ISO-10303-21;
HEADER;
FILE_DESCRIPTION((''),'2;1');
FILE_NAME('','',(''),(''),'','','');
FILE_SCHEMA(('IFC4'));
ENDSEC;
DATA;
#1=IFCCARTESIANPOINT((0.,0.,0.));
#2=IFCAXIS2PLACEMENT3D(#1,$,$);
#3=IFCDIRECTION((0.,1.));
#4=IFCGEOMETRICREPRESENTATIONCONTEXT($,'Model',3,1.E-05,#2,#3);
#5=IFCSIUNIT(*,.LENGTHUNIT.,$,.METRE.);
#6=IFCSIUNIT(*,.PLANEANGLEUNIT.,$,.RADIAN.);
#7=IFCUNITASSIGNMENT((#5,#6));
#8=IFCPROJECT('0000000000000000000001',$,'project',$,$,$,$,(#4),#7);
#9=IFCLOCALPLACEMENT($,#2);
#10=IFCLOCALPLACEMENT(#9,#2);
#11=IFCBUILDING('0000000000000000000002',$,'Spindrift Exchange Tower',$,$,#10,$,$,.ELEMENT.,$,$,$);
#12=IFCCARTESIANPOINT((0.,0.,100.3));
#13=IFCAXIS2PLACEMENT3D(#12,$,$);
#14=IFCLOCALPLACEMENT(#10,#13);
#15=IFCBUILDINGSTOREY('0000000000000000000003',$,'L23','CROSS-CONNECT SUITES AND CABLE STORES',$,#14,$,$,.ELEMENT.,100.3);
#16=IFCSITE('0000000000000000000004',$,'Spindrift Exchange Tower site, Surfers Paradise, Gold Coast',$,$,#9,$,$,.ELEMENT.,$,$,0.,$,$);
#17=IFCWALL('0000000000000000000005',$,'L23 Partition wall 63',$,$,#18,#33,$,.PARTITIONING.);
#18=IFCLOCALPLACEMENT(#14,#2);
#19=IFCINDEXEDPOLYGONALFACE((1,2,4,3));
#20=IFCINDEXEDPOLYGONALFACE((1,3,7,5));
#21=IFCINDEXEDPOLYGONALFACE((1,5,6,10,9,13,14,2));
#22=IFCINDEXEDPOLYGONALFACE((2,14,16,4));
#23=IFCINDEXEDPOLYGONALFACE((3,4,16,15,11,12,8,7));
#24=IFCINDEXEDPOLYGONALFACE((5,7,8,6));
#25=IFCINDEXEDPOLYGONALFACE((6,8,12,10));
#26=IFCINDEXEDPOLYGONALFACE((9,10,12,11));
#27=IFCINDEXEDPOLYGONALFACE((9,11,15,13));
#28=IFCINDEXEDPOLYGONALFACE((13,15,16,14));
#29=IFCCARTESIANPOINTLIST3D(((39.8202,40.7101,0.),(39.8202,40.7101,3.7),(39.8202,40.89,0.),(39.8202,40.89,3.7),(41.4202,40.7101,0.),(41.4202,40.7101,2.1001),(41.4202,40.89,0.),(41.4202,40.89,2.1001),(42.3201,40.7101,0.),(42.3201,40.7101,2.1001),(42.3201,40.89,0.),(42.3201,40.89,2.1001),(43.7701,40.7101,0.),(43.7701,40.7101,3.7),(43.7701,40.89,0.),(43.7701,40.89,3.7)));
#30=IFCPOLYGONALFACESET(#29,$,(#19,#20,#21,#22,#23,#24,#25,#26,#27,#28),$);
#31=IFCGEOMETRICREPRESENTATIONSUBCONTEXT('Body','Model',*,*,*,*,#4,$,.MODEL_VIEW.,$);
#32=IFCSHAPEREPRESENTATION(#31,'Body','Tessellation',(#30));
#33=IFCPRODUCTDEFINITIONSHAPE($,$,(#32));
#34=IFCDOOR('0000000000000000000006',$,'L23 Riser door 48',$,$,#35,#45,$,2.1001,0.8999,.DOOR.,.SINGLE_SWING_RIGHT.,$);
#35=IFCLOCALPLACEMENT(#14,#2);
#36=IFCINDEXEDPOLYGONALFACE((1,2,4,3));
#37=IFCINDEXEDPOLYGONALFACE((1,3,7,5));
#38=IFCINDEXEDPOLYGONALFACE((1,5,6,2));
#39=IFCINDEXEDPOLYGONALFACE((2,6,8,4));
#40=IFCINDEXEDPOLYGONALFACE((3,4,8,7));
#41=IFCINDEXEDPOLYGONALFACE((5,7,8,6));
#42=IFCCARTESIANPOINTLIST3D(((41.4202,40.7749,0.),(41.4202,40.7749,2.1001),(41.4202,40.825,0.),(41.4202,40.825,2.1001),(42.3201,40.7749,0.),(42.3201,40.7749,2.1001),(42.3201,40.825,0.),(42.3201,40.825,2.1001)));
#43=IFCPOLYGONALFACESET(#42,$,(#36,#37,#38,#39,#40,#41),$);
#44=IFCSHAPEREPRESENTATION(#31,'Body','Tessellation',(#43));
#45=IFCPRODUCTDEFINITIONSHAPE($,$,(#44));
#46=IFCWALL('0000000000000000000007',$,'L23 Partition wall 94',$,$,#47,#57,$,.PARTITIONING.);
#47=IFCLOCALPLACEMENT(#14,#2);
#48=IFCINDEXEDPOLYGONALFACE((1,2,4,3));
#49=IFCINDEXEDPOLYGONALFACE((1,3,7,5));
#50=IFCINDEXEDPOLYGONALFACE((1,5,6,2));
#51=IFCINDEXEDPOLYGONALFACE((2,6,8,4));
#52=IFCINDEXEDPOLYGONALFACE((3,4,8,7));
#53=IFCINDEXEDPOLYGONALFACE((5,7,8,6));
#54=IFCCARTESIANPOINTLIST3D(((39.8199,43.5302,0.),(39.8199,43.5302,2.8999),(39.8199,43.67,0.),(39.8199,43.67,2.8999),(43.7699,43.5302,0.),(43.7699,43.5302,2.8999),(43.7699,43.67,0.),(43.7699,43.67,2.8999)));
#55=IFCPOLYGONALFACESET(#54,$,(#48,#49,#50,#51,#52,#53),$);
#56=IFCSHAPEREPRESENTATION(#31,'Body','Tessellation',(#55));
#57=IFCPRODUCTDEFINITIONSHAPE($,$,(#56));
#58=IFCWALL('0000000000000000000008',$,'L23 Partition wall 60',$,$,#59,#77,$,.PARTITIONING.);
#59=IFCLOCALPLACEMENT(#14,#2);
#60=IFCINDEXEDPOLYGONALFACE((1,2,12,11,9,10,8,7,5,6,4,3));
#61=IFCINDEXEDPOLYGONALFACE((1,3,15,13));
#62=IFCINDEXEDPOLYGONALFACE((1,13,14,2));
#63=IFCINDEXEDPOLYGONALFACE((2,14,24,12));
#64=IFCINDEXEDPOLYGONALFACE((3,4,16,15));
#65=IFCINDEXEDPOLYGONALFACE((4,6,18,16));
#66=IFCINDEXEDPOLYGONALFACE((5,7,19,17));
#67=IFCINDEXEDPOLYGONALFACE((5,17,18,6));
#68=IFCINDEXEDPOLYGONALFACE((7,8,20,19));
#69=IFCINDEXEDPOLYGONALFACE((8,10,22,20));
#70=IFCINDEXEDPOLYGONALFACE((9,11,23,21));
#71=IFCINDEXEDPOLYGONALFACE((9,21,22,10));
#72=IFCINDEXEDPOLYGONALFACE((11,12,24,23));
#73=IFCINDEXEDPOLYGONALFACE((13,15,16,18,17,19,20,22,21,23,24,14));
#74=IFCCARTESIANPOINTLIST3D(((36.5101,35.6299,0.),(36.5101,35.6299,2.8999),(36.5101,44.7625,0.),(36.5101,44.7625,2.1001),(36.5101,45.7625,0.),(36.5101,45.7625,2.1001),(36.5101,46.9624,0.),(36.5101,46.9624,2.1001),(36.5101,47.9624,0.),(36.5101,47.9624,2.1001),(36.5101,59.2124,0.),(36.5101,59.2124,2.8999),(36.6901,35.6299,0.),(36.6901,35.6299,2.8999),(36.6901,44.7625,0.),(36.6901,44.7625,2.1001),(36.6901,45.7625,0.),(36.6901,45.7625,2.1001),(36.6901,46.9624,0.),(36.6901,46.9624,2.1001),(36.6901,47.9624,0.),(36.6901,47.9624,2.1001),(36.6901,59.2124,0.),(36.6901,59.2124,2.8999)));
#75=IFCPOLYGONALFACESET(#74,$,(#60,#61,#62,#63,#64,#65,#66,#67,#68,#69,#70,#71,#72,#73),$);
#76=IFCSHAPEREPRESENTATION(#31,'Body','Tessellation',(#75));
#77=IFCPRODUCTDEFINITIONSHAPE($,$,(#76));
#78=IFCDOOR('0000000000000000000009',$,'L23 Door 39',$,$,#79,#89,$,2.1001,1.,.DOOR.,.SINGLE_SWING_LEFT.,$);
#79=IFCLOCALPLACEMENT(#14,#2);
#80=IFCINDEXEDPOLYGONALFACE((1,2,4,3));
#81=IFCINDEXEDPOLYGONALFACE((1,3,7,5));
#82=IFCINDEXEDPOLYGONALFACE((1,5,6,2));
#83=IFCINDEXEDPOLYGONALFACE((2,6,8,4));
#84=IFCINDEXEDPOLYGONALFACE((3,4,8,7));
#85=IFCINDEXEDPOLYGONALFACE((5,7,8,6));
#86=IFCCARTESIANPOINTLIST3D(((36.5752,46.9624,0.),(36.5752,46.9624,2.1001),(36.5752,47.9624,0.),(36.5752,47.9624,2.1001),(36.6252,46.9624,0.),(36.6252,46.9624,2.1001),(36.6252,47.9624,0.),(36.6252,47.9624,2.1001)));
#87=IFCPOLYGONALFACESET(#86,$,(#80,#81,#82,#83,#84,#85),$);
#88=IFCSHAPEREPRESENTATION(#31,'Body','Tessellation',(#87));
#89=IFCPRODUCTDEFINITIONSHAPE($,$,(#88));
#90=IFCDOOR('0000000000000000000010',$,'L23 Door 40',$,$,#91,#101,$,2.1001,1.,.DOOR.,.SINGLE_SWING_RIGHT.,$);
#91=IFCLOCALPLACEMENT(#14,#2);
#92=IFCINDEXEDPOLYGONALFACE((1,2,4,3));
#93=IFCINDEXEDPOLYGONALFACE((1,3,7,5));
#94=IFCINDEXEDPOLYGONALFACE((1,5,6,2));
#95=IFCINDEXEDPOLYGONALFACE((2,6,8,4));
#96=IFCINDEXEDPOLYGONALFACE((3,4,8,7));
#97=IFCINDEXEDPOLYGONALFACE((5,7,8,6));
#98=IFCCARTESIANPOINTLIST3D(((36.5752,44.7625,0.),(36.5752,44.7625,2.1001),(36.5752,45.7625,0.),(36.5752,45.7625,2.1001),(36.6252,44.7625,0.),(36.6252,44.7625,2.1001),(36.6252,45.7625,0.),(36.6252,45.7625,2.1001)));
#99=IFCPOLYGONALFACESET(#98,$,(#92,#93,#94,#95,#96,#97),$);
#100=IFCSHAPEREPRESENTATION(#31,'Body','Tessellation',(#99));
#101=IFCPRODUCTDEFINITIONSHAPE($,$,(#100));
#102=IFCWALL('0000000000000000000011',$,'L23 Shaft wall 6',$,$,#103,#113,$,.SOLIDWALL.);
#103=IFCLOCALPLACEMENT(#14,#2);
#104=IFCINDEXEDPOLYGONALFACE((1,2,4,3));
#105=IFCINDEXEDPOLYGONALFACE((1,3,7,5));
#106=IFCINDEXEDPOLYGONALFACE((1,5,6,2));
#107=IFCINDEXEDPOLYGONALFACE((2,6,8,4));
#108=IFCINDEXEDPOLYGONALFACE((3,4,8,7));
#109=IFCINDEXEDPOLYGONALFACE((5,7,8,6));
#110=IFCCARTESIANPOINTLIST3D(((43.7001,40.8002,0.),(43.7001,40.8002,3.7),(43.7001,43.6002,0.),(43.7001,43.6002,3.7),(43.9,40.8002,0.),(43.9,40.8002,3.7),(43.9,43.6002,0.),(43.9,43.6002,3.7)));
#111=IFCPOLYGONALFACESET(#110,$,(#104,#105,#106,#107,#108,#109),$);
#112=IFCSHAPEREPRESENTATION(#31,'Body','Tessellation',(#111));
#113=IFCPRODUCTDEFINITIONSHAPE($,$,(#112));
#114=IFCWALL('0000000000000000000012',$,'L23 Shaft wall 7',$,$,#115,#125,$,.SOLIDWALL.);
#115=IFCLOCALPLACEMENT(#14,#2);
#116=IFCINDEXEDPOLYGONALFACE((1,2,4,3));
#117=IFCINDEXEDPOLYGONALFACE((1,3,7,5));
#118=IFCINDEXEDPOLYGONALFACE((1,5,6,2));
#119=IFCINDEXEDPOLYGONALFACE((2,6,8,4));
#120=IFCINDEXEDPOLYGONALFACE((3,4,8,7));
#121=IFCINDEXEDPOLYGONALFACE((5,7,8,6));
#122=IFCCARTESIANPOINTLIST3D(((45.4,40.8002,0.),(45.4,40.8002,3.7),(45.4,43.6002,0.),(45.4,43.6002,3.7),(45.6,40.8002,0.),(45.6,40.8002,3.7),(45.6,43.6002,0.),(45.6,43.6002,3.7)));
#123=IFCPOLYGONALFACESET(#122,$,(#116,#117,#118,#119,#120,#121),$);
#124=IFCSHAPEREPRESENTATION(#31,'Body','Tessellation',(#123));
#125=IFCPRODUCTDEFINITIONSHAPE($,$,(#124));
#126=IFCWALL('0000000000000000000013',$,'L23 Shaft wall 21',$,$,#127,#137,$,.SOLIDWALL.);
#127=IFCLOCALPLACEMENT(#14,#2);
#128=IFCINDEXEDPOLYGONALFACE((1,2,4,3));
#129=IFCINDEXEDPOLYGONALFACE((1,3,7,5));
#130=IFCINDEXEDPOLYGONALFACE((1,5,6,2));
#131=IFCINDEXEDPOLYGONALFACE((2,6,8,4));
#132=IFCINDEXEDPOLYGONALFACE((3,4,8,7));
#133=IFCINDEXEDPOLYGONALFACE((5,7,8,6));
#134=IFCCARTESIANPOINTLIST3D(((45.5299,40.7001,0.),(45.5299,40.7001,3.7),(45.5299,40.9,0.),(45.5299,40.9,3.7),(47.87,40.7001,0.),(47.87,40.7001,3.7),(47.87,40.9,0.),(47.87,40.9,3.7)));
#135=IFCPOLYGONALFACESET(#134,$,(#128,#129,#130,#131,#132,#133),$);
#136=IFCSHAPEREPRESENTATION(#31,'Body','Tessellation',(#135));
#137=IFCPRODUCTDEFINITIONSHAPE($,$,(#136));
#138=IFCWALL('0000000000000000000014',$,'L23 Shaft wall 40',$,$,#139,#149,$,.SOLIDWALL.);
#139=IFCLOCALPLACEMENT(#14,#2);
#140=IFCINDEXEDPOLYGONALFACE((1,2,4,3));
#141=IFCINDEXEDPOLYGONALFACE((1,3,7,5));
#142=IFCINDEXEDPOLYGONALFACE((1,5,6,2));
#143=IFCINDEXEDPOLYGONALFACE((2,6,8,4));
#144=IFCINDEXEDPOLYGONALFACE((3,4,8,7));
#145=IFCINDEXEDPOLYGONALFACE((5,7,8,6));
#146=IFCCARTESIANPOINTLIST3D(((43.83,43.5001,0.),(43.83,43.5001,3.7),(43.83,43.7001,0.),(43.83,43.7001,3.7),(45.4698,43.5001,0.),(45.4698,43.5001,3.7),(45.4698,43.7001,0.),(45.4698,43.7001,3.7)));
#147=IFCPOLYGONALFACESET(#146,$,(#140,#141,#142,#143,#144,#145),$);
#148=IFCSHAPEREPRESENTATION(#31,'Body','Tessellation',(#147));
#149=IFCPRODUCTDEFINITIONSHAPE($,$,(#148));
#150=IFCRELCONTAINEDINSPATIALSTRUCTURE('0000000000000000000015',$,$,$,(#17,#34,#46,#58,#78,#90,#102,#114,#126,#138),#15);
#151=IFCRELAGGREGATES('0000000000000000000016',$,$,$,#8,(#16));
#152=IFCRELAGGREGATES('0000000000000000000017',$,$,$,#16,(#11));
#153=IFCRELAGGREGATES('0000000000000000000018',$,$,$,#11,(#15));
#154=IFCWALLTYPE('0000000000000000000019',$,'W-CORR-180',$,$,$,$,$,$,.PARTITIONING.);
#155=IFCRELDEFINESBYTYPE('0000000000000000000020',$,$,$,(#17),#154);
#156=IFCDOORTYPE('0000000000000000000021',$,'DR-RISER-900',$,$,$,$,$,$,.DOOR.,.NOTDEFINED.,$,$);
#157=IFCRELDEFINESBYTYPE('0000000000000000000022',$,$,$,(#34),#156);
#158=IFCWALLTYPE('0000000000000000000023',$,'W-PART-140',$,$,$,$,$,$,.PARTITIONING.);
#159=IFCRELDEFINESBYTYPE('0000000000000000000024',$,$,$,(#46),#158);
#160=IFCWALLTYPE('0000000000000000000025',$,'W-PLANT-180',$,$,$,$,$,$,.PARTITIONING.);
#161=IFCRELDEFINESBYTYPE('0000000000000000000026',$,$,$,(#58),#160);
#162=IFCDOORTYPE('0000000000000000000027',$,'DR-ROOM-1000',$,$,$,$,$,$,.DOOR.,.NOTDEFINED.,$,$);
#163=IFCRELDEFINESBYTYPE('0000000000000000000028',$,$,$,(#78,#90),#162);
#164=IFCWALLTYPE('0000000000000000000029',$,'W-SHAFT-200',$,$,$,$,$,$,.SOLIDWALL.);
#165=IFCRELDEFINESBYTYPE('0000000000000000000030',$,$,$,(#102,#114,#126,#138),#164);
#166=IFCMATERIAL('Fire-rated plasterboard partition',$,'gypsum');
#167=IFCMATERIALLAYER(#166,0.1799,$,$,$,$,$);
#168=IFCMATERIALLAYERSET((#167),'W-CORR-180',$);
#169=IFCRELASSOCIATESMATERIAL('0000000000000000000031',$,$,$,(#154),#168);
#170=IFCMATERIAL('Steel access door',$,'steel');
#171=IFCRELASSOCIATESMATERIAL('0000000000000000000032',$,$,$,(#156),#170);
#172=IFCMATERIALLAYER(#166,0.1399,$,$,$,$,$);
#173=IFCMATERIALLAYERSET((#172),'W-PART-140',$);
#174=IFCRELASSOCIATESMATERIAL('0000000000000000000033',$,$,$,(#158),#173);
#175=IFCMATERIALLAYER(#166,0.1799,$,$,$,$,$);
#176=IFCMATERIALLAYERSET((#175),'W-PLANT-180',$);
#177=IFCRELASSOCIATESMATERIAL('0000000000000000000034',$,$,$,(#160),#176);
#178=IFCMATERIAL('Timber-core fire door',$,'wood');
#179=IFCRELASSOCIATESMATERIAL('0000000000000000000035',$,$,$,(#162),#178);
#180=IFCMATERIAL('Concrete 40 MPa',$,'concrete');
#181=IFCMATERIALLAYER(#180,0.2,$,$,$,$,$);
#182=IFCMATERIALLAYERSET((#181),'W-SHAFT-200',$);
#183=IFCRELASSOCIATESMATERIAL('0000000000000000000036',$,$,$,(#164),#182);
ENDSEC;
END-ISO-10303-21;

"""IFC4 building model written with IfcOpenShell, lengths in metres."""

from ifc_helpers import new_model, si_unit, direction, frame, frame_2d, origin, place, context, subcontext, project, spatial, rectangle, extrude, source, transform, mapped, material, layer, layer_set, type_object, element, fill, save


model = new_model("IFC4")

# Units and contexts
model_context = context("Model", 3, precision=1e-05, world=origin(), true_north=direction((0.0, 1.0)))
body_context = subcontext(model_context, "Body", "Model", "MODEL_VIEW")
ifc_project = project(units=[si_unit("LENGTHUNIT", "METRE"), si_unit("PLANEANGLEUNIT", "RADIAN")], contexts=[model_context])

# Site, building, storey
site_placement = place(None, origin())
site = spatial("IfcSite", under=ifc_project, at=site_placement, Name="Spindrift Exchange Tower site, Surfers Paradise, Gold Coast", CompositionType="ELEMENT", RefElevation=0.0)
building_placement = place(site_placement, origin())
building = spatial("IfcBuilding", under=site, at=building_placement, Name="Spindrift Exchange Tower", CompositionType="ELEMENT")
storey_placement = place(building_placement, frame((0.0, 0.0, 100.3)))
storey = spatial("IfcBuildingStorey", under=building, at=storey_placement, Name="L23", Description="CROSS-CONNECT SUITES AND CABLE STORES", CompositionType="ELEMENT", Elevation=100.3)

# Wall, opening, door
ifc_material_1 = material(Name="Fire-rated plasterboard partition", Category="gypsum")
ifc_layer_1 = layer(ifc_material_1, 0.1799)
ifc_layer_set_1 = layer_set([ifc_layer_1], Name="W-CORR-180")
wall_type_1 = type_object("IfcWallType", Name="W-CORR-180", PredefinedType="PARTITIONING", material=ifc_layer_set_1)
wall_1_placement = place(storey_placement, frame((39.8201, 40.8, 0.0), z_axis=(0.0, 0.0, 1.0), x_axis=(1.0, 0.0, 0.0)))
wall_1 = element("IfcWall", 1, at=wall_1_placement, inside=storey, type_object=wall_type_1, Name="L23 Partition wall 63", PredefinedType="PARTITIONING", context=body_context, shape_type="SweptSolid", body=[
    extrude(rectangle(XDim=3.95, YDim=0.1799, at=frame_2d((1.9751, 0.0))), origin(), (0.0, 0.0, 1.0), 3.7),
])
opening_1_placement = place(wall_1_placement, frame((1.6001, 0.0, 0.0)))
opening_1 = element("IfcOpeningElement", 2, at=opening_1_placement, cuts=wall_1, PredefinedType="OPENING", context=body_context, shape_type="SweptSolid", body=[
    extrude(rectangle(XDim=0.8999, YDim=2.1001, at=frame_2d((0.45, 1.05))), frame((0.0, 0.0999, 0.0), z_axis=(0.0, -1.0, 0.0), x_axis=(1.0, 0.0, 0.0)), (0.0, 0.0, 1.0), 0.2),
])
ifc_material_2 = material(Name="Steel access door", Category="steel")
door_type_1 = type_object("IfcDoorType", Name="DR-RISER-900", OperationType="NOTDEFINED", PredefinedType="DOOR", material=ifc_material_2)
shared_shape_1 = source(origin(), body_context, "Body", "SweptSolid", [
    extrude(rectangle(XDim=0.8999, YDim=2.1001, at=frame_2d((0.45, 1.05))), frame((0.0, 0.0249, 0.0), z_axis=(0.0, -1.0, 0.0), x_axis=(1.0, 0.0, 0.0)), (0.0, 0.0, 1.0), 0.05),
])
door_1_placement = place(opening_1_placement, origin())
door_1 = element("IfcDoor", 3, at=door_1_placement, inside=storey, type_object=door_type_1, Name="L23 Riser door 48", OperationType="SINGLE_SWING_RIGHT", OverallHeight=2.1001, OverallWidth=0.8999, PredefinedType="DOOR", context=body_context, shape_type="MappedRepresentation", body=[
    mapped(shared_shape_1, transform((0.0, 0.0, 0.0), scale=1.0)),
])
fill(opening_1, door_1)

# Wall
ifc_layer_2 = layer(ifc_material_1, 0.1399)
ifc_layer_set_2 = layer_set([ifc_layer_2], Name="W-PART-140")
wall_type_2 = type_object("IfcWallType", Name="W-PART-140", PredefinedType="PARTITIONING", material=ifc_layer_set_2)
wall_2_placement = place(storey_placement, frame((43.77, 43.6001, 0.0), z_axis=(0.0, 0.0, 1.0), x_axis=(-1.0, 0.0, 0.0)))
element("IfcWall", 4, at=wall_2_placement, inside=storey, type_object=wall_type_2, Name="L23 Partition wall 94", PredefinedType="PARTITIONING", context=body_context, shape_type="SweptSolid", body=[
    extrude(rectangle(XDim=3.95, YDim=0.1399, at=frame_2d((1.9751, 0.0))), origin(), (0.0, 0.0, 1.0), 2.8999),
])

# Wall, openings, doors
ifc_layer_3 = layer(ifc_material_1, 0.1799)
ifc_layer_set_3 = layer_set([ifc_layer_3], Name="W-PLANT-180")
wall_type_3 = type_object("IfcWallType", Name="W-PLANT-180", PredefinedType="PARTITIONING", material=ifc_layer_set_3)
wall_3_placement = place(storey_placement, frame((36.6001, 35.6299, 0.0), z_axis=(0.0, 0.0, 1.0), x_axis=(0.0, 1.0, 0.0)))
wall_3 = element("IfcWall", 5, at=wall_3_placement, inside=storey, type_object=wall_type_3, Name="L23 Partition wall 60", PredefinedType="PARTITIONING", context=body_context, shape_type="SweptSolid", body=[
    extrude(rectangle(XDim=23.5825, YDim=0.1799, at=frame_2d((11.7913, 0.0))), origin(), (0.0, 0.0, 1.0), 2.8999),
])
opening_2_placement = place(wall_3_placement, frame((11.3325, 0.0, 0.0)))
opening_2 = element("IfcOpeningElement", 6, at=opening_2_placement, cuts=wall_3, PredefinedType="OPENING", context=body_context, shape_type="SweptSolid", body=[
    extrude(rectangle(XDim=1.0, YDim=2.1001, at=frame_2d((0.5, 1.05))), frame((0.0, 0.0999, 0.0), z_axis=(0.0, -1.0, 0.0), x_axis=(1.0, 0.0, 0.0)), (0.0, 0.0, 1.0), 0.2),
])
opening_3_placement = place(wall_3_placement, frame((9.1326, 0.0, 0.0)))
opening_3 = element("IfcOpeningElement", 7, at=opening_3_placement, cuts=wall_3, PredefinedType="OPENING", context=body_context, shape_type="SweptSolid", body=[
    extrude(rectangle(XDim=1.0, YDim=2.1001, at=frame_2d((0.5, 1.05))), frame((0.0, 0.0999, 0.0), z_axis=(0.0, -1.0, 0.0), x_axis=(1.0, 0.0, 0.0)), (0.0, 0.0, 1.0), 0.2),
])
ifc_material_3 = material(Name="Timber-core fire door", Category="wood")
door_type_2 = type_object("IfcDoorType", Name="DR-ROOM-1000", OperationType="NOTDEFINED", PredefinedType="DOOR", material=ifc_material_3)
shared_shape_2 = source(origin(), body_context, "Body", "SweptSolid", [
    extrude(rectangle(XDim=1.0, YDim=2.1001, at=frame_2d((0.5, 1.05))), frame((0.0, 0.0249, 0.0), z_axis=(0.0, -1.0, 0.0), x_axis=(1.0, 0.0, 0.0)), (0.0, 0.0, 1.0), 0.05),
])
door_2_placement = place(opening_2_placement, origin())
door_2 = element("IfcDoor", 8, at=door_2_placement, inside=storey, type_object=door_type_2, Name="L23 Door 39", OperationType="SINGLE_SWING_LEFT", OverallHeight=2.1001, OverallWidth=1.0, PredefinedType="DOOR", context=body_context, shape_type="MappedRepresentation", body=[
    mapped(shared_shape_2, transform((0.0, 0.0, 0.0), scale=1.0)),
])
fill(opening_2, door_2)
door_3_placement = place(opening_3_placement, origin())
door_3 = element("IfcDoor", 9, at=door_3_placement, inside=storey, type_object=door_type_2, Name="L23 Door 40", OperationType="SINGLE_SWING_RIGHT", OverallHeight=2.1001, OverallWidth=1.0, PredefinedType="DOOR", context=body_context, shape_type="MappedRepresentation", body=[
    mapped(shared_shape_2, transform((0.0, 0.0, 0.0), scale=1.0)),
])
fill(opening_3, door_3)

# Walls
ifc_material_4 = material(Name="Concrete 40 MPa", Category="concrete")
ifc_layer_4 = layer(ifc_material_4, 0.2)
ifc_layer_set_4 = layer_set([ifc_layer_4], Name="W-SHAFT-200")
wall_type_4 = type_object("IfcWallType", Name="W-SHAFT-200", PredefinedType="SOLIDWALL", material=ifc_layer_set_4)
for number, where, z_axis, x_axis, name in (
    (10, (43.8, 43.6001, 0.0), (0.0, 0.0, 1.0), (0.0, -1.0, 0.0), "L23 Shaft wall 6"),
    (11, (45.5, 43.6001, 0.0), (0.0, 0.0, 1.0), (0.0, -1.0, 0.0), "L23 Shaft wall 7"),
):
    element("IfcWall", number, at=place(storey_placement, frame(where, z_axis=z_axis, x_axis=x_axis)), inside=storey, type_object=wall_type_4, Name=name, PredefinedType="SOLIDWALL", context=body_context, shape_type="SweptSolid", body=[
        extrude(rectangle(XDim=2.8, YDim=0.2, at=frame_2d((1.3999, 0.0))), origin(), (0.0, 0.0, 1.0), 3.7),
    ])
wall_4_placement = place(storey_placement, frame((45.53, 40.8, 0.0), z_axis=(0.0, 0.0, 1.0), x_axis=(1.0, 0.0, 0.0)))
element("IfcWall", 12, at=wall_4_placement, inside=storey, type_object=wall_type_4, Name="L23 Shaft wall 21", PredefinedType="SOLIDWALL", context=body_context, shape_type="SweptSolid", body=[
    extrude(rectangle(XDim=2.3401, YDim=0.2, at=frame_2d((1.1699, 0.0))), origin(), (0.0, 0.0, 1.0), 3.7),
])
wall_5_placement = place(storey_placement, frame((43.8301, 43.6001, 0.0), z_axis=(0.0, 0.0, 1.0), x_axis=(1.0, 0.0, 0.0)))
element("IfcWall", 13, at=wall_5_placement, inside=storey, type_object=wall_type_4, Name="L23 Shaft wall 40", PredefinedType="SOLIDWALL", context=body_context, shape_type="SweptSolid", body=[
    extrude(rectangle(XDim=1.6399, YDim=0.2, at=frame_2d((0.8198, 0.0))), origin(), (0.0, 0.0, 1.0), 3.7),
])

save(model, "model.ifc")
